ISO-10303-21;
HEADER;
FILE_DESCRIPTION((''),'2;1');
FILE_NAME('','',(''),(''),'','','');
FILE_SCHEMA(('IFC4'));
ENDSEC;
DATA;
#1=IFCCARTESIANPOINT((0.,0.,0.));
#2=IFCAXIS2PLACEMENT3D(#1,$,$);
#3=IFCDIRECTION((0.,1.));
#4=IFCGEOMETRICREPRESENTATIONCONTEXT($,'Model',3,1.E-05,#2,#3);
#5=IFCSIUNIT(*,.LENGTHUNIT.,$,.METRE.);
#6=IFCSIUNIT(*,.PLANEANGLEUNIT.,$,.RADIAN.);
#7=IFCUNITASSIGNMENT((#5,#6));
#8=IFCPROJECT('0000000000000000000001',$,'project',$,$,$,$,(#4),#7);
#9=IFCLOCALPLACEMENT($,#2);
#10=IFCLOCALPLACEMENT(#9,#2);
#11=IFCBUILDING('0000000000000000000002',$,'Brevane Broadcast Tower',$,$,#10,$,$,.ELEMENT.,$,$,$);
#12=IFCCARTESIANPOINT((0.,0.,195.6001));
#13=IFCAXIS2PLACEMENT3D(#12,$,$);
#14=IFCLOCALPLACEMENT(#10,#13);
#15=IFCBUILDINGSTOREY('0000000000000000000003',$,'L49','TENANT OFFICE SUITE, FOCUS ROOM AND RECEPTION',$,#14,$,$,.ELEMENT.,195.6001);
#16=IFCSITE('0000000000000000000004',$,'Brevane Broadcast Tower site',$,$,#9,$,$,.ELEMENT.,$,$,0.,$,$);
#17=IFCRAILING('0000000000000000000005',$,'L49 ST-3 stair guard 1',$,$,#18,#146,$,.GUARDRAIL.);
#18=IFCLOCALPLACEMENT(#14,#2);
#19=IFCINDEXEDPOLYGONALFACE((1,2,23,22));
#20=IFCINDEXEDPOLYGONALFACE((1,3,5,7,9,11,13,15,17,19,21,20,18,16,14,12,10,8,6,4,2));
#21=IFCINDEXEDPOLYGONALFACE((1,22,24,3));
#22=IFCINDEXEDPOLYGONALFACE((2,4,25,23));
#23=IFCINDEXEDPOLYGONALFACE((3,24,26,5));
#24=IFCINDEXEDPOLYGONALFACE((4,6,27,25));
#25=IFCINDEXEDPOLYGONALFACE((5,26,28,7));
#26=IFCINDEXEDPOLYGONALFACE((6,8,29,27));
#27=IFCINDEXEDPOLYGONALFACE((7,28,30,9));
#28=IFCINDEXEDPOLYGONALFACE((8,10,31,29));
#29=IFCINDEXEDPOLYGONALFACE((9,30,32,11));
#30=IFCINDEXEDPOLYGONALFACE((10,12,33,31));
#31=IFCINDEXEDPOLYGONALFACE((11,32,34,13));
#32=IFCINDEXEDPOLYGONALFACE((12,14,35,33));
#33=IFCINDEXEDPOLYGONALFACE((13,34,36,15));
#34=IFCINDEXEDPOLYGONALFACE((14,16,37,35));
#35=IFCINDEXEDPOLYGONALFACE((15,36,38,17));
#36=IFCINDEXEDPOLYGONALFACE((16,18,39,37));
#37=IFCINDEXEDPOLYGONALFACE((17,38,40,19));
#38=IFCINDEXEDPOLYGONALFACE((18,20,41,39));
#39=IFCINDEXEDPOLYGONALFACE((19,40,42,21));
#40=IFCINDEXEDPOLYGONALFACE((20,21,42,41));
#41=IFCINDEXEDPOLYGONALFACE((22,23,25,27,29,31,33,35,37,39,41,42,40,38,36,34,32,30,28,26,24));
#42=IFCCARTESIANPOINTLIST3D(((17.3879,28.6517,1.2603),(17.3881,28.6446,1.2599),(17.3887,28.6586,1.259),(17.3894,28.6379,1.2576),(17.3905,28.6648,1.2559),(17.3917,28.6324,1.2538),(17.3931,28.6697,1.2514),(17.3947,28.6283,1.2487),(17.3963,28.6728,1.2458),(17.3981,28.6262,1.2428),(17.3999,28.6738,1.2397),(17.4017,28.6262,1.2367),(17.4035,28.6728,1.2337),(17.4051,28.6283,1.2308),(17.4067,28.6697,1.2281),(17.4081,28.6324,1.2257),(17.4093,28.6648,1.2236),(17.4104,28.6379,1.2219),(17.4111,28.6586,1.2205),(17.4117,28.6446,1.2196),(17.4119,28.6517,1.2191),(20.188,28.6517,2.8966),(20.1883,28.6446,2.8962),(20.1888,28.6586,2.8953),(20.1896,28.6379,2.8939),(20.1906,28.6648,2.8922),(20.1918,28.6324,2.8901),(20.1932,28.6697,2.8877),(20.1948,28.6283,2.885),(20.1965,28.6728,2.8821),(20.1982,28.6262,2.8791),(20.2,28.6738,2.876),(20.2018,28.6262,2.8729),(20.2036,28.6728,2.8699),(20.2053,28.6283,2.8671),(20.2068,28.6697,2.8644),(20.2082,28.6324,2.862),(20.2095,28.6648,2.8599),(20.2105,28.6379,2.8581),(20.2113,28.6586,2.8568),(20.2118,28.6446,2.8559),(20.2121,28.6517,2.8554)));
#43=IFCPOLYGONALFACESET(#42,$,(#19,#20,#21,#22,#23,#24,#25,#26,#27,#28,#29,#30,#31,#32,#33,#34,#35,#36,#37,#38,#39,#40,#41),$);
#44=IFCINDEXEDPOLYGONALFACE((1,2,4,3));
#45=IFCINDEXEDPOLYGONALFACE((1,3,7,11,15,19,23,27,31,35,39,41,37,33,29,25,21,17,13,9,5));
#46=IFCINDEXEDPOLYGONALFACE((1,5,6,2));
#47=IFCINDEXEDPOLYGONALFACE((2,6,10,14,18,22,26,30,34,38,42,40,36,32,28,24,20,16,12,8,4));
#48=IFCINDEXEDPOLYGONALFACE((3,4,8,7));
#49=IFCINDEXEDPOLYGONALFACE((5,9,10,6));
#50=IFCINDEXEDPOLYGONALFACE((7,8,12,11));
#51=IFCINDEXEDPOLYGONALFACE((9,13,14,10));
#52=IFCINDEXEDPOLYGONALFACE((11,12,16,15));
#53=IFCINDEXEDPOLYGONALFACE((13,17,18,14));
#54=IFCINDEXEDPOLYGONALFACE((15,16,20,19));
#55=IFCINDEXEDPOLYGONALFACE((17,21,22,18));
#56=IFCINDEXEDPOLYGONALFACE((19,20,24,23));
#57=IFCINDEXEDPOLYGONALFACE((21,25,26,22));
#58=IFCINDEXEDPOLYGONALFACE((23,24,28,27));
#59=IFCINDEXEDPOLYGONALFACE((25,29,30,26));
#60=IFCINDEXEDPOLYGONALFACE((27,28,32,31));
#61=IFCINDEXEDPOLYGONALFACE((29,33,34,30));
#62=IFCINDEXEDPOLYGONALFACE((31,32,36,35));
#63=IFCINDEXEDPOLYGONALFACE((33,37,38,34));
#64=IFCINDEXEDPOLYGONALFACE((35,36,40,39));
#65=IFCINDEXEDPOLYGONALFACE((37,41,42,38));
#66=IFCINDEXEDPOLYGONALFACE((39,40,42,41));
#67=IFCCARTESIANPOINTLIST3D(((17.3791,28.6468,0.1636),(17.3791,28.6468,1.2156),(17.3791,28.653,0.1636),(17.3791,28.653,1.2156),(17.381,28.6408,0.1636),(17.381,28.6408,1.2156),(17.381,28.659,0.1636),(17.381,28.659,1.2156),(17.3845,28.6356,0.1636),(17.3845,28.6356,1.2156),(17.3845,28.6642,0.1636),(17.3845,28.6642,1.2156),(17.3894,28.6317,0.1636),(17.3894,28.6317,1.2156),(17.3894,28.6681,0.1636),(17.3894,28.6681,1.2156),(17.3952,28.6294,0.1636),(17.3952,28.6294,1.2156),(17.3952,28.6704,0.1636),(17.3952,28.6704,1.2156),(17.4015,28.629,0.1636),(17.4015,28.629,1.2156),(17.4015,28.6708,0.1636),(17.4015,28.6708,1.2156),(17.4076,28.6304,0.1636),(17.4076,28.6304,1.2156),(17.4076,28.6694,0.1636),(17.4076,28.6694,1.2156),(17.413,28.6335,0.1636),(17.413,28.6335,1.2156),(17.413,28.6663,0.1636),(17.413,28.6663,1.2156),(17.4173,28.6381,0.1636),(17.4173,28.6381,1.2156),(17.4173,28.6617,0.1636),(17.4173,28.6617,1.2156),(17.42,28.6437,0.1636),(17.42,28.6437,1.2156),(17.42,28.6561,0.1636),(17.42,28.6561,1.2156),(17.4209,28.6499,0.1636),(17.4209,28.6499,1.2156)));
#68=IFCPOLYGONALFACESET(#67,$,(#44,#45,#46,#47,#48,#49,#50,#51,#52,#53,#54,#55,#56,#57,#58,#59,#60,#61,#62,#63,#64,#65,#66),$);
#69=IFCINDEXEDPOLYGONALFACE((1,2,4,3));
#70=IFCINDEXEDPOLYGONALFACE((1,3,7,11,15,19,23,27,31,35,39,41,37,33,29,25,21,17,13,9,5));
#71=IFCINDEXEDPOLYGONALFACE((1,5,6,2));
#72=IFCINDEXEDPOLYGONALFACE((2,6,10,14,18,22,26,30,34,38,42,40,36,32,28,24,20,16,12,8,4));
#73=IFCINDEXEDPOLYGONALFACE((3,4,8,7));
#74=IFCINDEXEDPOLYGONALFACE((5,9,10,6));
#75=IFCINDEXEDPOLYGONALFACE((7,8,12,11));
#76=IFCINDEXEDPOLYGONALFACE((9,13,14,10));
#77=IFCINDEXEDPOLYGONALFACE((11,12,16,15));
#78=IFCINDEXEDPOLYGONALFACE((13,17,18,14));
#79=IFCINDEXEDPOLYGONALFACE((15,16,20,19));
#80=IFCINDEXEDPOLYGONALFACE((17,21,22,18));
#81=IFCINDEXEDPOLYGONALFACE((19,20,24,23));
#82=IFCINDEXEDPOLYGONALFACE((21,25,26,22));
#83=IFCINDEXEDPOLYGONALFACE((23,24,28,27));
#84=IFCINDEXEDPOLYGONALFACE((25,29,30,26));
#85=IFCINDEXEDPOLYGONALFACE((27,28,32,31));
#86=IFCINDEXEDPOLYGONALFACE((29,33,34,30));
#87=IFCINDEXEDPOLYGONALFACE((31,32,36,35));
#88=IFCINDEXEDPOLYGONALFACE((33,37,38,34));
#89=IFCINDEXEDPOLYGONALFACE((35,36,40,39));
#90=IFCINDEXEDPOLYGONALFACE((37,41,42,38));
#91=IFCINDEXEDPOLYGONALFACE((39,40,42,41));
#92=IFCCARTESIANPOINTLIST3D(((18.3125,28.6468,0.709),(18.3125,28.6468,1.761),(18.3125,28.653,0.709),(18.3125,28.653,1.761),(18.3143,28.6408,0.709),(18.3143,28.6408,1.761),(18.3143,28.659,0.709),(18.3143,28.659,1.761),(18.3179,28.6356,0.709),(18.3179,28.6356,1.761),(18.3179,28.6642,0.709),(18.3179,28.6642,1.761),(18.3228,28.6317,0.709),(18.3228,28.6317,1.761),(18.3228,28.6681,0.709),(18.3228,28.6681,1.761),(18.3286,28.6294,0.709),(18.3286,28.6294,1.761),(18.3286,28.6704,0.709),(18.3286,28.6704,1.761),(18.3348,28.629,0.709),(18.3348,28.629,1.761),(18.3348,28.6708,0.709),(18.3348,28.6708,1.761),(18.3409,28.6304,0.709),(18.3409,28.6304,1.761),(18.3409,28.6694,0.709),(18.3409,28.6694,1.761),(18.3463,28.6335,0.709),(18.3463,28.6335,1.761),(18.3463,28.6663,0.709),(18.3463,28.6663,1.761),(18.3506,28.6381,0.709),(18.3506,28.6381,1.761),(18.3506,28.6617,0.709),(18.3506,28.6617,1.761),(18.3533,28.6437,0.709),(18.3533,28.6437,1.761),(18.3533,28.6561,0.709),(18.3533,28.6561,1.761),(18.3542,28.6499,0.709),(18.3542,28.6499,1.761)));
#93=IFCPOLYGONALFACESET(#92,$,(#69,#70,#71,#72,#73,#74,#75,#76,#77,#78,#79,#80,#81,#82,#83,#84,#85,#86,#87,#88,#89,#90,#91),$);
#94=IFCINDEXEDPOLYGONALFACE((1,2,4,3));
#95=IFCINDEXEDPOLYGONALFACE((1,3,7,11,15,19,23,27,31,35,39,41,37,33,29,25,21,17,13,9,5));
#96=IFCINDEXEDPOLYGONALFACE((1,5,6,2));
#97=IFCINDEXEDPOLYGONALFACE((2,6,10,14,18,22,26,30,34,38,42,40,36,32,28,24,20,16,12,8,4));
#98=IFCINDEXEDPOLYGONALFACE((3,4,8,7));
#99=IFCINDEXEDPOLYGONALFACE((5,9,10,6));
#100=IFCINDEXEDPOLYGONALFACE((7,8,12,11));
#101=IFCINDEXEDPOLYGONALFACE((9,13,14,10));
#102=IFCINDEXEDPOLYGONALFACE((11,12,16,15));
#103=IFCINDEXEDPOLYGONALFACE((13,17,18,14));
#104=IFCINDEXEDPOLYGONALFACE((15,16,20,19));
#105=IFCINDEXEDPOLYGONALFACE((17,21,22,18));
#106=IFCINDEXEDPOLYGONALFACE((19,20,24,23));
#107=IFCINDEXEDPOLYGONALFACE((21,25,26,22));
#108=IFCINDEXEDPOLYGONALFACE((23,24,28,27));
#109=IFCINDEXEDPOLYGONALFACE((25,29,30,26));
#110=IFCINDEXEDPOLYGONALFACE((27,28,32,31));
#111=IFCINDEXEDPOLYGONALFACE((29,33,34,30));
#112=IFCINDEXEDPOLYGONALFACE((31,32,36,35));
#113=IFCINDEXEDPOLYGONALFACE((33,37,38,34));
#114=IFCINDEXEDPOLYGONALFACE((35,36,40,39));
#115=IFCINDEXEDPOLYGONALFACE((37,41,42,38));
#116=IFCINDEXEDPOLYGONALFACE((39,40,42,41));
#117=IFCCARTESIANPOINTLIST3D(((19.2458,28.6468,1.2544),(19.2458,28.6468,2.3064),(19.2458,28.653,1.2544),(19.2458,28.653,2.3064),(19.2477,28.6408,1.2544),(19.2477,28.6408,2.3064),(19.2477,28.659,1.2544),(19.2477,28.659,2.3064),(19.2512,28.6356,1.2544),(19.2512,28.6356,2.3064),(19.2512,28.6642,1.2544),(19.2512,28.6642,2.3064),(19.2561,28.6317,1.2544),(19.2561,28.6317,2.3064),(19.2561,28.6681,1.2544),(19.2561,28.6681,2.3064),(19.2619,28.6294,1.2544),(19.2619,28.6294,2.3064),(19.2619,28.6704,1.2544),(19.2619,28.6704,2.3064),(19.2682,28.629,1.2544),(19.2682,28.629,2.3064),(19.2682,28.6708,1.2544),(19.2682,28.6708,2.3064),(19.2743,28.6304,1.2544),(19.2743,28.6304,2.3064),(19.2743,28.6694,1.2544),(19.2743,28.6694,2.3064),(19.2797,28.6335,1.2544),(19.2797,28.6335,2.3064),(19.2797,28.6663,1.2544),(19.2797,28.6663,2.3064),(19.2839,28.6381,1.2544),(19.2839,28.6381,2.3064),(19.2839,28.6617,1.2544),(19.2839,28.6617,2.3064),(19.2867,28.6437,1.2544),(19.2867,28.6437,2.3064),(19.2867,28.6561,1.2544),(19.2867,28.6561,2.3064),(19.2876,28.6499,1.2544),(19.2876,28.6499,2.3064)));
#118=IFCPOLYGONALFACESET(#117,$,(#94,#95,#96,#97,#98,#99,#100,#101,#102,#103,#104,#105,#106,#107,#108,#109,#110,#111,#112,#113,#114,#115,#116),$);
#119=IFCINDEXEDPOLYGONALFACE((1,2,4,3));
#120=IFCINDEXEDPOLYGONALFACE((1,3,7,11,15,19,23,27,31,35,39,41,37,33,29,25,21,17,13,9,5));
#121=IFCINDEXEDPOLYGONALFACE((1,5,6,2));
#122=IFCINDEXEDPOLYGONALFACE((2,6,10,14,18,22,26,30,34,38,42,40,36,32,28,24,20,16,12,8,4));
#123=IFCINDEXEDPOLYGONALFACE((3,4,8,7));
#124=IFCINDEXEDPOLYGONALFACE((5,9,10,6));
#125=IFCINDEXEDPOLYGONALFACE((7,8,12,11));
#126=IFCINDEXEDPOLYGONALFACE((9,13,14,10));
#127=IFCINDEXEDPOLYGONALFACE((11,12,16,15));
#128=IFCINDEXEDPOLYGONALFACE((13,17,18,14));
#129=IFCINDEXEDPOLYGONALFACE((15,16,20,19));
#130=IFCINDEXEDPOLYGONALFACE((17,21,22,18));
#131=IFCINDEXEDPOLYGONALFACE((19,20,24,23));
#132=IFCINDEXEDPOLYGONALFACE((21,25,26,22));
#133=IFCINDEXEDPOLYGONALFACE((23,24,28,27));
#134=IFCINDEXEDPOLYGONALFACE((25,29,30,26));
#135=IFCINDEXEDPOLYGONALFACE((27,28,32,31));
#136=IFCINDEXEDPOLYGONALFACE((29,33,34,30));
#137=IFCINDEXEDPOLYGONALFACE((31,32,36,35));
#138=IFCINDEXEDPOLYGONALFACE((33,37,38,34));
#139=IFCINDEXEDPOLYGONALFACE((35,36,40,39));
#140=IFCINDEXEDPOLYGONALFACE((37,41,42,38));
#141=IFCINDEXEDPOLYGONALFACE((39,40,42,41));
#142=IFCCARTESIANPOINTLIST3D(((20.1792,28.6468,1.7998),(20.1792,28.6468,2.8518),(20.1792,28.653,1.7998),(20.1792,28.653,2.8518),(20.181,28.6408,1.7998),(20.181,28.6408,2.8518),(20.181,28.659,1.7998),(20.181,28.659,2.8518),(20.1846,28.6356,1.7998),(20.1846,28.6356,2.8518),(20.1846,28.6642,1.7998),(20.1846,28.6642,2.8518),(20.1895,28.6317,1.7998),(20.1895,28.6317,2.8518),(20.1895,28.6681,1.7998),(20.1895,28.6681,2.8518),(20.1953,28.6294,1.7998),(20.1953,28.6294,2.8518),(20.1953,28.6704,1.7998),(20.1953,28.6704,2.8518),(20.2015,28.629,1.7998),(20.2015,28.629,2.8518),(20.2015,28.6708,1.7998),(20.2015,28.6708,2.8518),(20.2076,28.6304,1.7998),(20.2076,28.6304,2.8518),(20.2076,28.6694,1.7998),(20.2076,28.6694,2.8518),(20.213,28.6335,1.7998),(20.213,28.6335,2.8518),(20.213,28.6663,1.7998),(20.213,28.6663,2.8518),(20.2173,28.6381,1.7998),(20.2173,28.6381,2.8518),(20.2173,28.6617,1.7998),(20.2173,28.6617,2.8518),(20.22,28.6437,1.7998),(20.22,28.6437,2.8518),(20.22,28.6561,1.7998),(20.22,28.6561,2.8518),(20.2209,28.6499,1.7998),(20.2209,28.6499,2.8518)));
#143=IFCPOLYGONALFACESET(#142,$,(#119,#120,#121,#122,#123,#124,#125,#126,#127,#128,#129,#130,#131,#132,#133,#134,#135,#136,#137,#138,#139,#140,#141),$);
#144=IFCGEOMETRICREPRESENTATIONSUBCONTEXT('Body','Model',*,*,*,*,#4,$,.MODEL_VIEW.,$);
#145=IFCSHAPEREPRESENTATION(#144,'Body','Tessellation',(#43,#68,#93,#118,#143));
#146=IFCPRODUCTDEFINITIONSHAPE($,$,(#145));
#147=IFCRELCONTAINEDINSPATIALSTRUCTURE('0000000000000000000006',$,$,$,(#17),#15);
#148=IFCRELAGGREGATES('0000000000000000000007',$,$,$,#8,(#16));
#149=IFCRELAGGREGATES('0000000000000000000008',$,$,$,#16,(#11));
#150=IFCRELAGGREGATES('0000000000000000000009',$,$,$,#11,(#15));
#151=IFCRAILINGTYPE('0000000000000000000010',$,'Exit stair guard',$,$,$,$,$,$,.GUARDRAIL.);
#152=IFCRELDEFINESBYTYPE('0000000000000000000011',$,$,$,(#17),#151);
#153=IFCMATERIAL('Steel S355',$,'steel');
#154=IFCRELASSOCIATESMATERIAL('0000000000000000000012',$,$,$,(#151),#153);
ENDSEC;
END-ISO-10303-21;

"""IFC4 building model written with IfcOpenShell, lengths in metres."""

from ifc_helpers import new_model, si_unit, direction, frame, origin, origin_2d, place, context, subcontext, project, spatial, circle, extrude, material, type_object, element, save


model = new_model("IFC4")

# Units and contexts
model_context = context("Model", 3, precision=1e-05, world=origin(), true_north=direction((0.0, 1.0)))
body_context = subcontext(model_context, "Body", "Model", "MODEL_VIEW")
ifc_project = project(units=[si_unit("LENGTHUNIT", "METRE"), si_unit("PLANEANGLEUNIT", "RADIAN")], contexts=[model_context])

# Site, building, storey
site_placement = place(None, origin())
site = spatial("IfcSite", under=ifc_project, at=site_placement, Name="Brevane Broadcast Tower site", CompositionType="ELEMENT", RefElevation=0.0)
building_placement = place(site_placement, origin())
building = spatial("IfcBuilding", under=site, at=building_placement, Name="Brevane Broadcast Tower", CompositionType="ELEMENT")
storey_placement = place(building_placement, frame((0.0, 0.0, 195.6001)))
storey = spatial("IfcBuildingStorey", under=building, at=storey_placement, Name="L49", Description="TENANT OFFICE SUITE, FOCUS ROOM AND RECEPTION", CompositionType="ELEMENT", Elevation=195.6001)

# Railing
ifc_material_1 = material(Name="Steel S355", Category="steel")
railing_type_1 = type_object("IfcRailingType", Name="Exit stair guard", PredefinedType="GUARDRAIL", material=ifc_material_1)
railing_1_placement = place(storey_placement, frame((17.3999, 28.6499, 0.1636)))
element("IfcRailing", 1, at=railing_1_placement, inside=storey, type_object=railing_type_1, Name="L49 ST-3 stair guard 1", PredefinedType="GUARDRAIL", context=body_context, shape_type="SweptSolid", body=[
    extrude(circle(Radius=0.0239, at=origin_2d()), frame((0.0, 0.0, 1.0762), z_axis=(0.863394, 0.0, 0.504531), x_axis=(0.0, 1.0, 0.0)), (0.0, 0.0, 1.0), 3.2432),
    extrude(circle(Radius=0.021, at=origin_2d()), origin(), (0.0, 0.0, 1.0), 1.052),
    extrude(circle(Radius=0.021, at=origin_2d()), frame((0.9333, 0.0, 0.5454)), (0.0, 0.0, 1.0), 1.052),
    extrude(circle(Radius=0.021, at=origin_2d()), frame((1.8667, 0.0, 1.0908)), (0.0, 0.0, 1.0), 1.052),
    extrude(circle(Radius=0.021, at=origin_2d()), frame((2.8, 0.0, 1.6362)), (0.0, 0.0, 1.0), 1.052),
])

save(model, "model.ifc")
